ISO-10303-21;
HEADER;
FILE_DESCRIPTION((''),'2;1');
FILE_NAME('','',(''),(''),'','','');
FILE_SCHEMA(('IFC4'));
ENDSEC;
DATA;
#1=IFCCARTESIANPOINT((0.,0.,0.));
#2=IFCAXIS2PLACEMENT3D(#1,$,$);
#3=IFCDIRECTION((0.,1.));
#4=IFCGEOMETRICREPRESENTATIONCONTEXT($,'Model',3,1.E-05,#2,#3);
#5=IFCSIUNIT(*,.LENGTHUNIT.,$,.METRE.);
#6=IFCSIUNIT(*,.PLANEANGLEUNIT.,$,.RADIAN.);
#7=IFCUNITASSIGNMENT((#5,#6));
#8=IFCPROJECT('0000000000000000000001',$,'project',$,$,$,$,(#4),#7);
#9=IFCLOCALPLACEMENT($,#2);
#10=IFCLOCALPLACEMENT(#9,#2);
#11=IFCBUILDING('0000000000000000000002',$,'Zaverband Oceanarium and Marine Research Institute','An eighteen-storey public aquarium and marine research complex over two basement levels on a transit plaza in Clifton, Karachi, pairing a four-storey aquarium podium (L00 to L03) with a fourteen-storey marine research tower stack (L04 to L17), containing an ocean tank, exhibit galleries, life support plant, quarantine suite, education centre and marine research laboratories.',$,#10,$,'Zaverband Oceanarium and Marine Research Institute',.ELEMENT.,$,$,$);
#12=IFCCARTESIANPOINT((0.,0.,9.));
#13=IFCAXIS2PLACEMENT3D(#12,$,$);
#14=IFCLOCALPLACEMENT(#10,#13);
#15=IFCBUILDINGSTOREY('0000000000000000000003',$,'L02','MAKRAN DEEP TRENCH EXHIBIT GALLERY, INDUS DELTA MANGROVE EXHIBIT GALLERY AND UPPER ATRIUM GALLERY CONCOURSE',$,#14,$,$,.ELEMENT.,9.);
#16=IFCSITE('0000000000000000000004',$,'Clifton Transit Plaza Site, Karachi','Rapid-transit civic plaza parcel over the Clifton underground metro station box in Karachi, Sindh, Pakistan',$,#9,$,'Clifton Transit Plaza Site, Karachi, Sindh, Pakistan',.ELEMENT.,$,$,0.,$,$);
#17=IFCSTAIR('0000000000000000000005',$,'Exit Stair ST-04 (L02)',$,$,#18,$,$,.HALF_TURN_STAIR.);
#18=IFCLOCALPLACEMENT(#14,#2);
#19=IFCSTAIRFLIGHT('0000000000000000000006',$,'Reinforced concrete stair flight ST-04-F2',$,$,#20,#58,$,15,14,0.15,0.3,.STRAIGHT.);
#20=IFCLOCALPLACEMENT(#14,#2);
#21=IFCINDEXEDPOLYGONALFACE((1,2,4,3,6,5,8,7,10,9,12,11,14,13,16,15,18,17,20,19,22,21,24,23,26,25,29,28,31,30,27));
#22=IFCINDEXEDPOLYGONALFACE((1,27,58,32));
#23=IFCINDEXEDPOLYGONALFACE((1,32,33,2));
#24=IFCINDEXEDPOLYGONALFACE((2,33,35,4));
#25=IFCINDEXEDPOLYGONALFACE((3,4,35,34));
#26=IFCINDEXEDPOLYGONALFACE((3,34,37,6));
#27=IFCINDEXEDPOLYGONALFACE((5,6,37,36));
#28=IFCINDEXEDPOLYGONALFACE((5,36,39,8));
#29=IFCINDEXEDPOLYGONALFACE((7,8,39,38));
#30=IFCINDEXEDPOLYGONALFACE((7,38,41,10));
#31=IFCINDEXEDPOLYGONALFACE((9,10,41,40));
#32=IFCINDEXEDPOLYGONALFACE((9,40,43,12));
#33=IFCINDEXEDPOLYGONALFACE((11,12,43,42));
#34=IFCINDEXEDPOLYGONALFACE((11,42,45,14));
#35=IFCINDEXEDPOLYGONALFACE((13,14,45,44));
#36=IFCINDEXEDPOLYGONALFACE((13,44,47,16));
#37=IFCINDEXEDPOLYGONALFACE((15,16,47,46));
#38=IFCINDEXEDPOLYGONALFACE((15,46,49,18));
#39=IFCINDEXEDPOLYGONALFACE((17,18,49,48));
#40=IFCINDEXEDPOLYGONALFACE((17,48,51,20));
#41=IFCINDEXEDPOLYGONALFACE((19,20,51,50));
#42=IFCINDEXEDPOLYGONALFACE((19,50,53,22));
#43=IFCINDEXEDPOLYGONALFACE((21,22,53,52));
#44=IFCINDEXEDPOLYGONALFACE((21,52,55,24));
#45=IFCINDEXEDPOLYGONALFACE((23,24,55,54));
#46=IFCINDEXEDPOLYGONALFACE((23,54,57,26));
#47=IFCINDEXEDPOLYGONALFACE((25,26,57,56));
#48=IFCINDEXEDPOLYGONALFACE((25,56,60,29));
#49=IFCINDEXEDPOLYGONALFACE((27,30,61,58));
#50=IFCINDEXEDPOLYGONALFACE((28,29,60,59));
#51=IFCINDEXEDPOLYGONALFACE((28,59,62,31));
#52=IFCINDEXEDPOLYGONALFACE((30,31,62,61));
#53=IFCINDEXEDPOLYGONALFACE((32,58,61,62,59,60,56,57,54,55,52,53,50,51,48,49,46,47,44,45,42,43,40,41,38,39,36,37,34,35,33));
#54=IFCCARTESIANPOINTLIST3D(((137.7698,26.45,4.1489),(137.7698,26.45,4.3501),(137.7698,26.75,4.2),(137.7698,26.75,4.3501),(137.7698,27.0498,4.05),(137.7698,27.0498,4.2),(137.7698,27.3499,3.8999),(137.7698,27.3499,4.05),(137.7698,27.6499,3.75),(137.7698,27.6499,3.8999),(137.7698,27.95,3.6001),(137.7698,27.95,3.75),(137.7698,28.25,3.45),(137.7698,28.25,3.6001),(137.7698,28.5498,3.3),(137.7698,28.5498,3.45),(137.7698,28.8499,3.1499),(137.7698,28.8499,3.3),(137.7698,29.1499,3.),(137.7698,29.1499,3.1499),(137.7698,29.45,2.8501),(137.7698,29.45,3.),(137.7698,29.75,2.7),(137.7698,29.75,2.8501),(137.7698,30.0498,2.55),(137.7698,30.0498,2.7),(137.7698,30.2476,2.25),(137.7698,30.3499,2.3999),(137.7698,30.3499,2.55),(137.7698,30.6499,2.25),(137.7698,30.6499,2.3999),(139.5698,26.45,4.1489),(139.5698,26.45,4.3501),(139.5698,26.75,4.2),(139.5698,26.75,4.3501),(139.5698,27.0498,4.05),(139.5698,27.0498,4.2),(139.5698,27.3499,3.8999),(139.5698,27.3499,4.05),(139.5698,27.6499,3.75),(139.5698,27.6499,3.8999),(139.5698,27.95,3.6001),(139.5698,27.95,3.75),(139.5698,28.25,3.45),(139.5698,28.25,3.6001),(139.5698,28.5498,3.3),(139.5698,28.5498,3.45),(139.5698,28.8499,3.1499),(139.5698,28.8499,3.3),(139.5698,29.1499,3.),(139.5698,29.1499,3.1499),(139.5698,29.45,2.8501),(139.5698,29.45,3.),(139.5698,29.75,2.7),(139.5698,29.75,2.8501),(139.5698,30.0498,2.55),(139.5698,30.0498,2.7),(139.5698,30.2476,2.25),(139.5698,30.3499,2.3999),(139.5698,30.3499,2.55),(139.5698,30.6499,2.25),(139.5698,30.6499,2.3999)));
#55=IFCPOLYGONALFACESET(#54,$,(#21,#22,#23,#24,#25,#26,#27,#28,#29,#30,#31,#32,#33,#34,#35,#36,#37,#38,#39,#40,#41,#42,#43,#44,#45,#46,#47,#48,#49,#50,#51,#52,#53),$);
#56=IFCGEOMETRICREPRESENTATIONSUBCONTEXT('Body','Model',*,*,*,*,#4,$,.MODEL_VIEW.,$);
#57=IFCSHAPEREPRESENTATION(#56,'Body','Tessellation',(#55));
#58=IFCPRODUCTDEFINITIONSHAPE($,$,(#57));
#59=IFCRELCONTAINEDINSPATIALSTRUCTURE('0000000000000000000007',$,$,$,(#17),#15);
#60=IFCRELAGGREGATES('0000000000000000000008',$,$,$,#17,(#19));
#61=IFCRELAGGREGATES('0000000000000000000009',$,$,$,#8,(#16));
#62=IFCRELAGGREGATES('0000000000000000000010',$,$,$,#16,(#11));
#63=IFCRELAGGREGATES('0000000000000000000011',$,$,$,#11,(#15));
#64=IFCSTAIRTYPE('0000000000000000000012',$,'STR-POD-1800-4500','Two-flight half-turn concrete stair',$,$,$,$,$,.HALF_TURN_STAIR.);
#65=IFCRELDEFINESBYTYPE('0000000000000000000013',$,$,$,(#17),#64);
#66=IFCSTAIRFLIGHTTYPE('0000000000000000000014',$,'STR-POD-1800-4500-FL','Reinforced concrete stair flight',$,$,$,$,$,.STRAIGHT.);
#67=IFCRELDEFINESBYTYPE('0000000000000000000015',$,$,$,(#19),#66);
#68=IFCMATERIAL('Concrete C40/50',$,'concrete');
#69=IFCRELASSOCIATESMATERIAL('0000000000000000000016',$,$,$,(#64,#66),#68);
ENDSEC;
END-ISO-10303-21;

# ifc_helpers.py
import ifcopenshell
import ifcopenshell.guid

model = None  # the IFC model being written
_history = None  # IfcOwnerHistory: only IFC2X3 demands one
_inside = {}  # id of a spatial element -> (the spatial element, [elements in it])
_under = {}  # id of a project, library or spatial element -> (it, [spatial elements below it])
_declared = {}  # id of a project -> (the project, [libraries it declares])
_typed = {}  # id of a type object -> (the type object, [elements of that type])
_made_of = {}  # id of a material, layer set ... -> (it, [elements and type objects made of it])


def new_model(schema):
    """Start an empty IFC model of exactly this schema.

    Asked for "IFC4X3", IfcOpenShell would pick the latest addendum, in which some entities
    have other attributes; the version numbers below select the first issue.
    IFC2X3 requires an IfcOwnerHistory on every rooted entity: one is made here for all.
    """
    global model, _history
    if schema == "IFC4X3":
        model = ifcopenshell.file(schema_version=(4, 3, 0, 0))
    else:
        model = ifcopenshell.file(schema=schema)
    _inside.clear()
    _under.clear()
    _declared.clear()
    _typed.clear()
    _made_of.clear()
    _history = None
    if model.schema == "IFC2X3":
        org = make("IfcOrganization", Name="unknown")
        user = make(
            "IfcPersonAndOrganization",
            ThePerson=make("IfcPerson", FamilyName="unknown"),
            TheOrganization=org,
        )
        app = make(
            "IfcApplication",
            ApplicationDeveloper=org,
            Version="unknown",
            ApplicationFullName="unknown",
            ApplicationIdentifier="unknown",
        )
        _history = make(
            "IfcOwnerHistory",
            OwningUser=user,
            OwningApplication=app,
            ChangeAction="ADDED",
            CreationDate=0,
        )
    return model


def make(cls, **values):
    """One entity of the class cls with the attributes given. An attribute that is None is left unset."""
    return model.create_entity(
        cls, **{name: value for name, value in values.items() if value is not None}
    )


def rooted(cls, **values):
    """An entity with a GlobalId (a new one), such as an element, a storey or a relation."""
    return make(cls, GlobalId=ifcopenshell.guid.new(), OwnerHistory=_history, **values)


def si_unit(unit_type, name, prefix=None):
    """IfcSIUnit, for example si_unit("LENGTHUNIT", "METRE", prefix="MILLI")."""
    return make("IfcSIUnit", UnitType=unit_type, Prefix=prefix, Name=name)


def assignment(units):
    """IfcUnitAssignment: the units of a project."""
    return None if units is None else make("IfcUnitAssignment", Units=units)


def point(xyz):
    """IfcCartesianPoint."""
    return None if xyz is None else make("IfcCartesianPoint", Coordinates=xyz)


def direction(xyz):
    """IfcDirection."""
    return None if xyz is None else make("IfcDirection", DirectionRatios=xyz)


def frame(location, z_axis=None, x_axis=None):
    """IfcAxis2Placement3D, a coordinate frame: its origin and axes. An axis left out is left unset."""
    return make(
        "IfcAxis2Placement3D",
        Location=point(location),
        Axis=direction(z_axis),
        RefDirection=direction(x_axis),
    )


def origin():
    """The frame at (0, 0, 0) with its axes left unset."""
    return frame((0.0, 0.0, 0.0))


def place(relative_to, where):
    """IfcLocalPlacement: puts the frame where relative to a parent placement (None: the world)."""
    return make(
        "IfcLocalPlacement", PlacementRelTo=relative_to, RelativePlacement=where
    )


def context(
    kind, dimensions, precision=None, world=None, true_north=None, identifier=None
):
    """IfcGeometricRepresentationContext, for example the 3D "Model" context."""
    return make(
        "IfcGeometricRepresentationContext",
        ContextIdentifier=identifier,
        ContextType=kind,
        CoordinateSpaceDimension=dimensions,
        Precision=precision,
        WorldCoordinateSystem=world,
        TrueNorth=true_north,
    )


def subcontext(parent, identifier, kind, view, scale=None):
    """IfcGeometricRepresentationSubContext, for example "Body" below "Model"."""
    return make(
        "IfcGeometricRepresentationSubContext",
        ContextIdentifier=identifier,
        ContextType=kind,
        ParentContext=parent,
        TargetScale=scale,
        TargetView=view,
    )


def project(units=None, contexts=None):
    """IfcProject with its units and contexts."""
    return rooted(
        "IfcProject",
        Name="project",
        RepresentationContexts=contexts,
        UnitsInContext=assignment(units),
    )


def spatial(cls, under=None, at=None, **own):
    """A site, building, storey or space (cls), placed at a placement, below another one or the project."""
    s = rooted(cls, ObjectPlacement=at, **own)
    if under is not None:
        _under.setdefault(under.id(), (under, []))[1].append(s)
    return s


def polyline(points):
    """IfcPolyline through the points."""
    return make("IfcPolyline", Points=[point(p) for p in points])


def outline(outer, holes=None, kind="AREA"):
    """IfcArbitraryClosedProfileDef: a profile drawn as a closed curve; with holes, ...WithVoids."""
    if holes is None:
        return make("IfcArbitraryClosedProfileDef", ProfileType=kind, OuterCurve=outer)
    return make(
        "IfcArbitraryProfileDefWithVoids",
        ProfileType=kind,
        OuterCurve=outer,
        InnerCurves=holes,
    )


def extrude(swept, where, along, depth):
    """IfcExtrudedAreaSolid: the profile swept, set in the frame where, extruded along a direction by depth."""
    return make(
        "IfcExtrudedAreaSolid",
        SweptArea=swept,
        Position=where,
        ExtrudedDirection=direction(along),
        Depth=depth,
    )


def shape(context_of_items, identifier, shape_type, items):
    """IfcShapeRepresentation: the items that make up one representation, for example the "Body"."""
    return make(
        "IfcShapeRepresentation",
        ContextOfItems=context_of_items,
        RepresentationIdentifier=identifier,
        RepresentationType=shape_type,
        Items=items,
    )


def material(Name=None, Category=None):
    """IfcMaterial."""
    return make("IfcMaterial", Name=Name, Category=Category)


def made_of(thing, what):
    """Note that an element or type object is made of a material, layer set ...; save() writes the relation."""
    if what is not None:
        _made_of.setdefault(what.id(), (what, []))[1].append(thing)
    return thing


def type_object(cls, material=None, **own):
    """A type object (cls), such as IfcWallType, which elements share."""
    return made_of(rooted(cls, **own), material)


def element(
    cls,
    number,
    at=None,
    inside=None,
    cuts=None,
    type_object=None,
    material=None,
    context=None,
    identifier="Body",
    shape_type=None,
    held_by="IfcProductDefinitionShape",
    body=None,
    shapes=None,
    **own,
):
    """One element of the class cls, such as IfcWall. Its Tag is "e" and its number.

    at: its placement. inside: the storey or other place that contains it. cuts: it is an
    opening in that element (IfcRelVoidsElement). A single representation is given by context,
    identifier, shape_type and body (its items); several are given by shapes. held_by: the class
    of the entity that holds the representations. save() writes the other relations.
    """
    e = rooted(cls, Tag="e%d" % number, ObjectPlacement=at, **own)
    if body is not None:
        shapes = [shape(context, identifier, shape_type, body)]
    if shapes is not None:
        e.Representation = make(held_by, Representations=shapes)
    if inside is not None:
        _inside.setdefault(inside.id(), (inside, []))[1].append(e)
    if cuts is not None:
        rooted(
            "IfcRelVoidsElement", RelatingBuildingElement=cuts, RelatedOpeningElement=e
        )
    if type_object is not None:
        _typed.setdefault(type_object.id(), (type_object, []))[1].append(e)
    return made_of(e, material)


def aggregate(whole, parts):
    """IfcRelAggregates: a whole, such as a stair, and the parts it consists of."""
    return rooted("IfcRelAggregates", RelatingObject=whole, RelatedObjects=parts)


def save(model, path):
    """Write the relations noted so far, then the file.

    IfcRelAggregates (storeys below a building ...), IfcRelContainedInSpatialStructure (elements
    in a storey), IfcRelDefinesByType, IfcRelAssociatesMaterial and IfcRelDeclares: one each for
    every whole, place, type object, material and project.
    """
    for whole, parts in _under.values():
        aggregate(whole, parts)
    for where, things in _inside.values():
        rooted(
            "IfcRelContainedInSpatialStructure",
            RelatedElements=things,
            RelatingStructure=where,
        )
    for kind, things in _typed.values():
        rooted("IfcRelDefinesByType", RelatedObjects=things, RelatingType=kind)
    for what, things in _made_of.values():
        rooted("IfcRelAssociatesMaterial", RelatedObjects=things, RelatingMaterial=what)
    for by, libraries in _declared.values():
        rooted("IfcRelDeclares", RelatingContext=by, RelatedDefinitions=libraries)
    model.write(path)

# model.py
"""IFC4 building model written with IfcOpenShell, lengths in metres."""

from ifc_helpers import new_model, si_unit, direction, frame, origin, place, context, subcontext, project, spatial, polyline, outline, extrude, material, type_object, element, aggregate, save


model = new_model("IFC4")

# Units and contexts
model_context = context("Model", 3, precision=1e-05, world=origin(), true_north=direction((0.0, 1.0)))
body_context = subcontext(model_context, "Body", "Model", "MODEL_VIEW")
ifc_project = project(units=[si_unit("LENGTHUNIT", "METRE"), si_unit("PLANEANGLEUNIT", "RADIAN")], contexts=[model_context])

# Site, building, storey
site_placement = place(None, origin())
site = spatial("IfcSite", under=ifc_project, at=site_placement, Name="Clifton Transit Plaza Site, Karachi", Description="Rapid-transit civic plaza parcel over the Clifton underground metro station box in Karachi, Sindh, Pakistan", LongName="Clifton Transit Plaza Site, Karachi, Sindh, Pakistan", CompositionType="ELEMENT", RefElevation=0.0)
building_placement = place(site_placement, origin())
building = spatial("IfcBuilding", under=site, at=building_placement, Name="Zaverband Oceanarium and Marine Research Institute", Description="An eighteen-storey public aquarium and marine research complex over two basement levels on a transit plaza in Clifton, Karachi, pairing a four-storey aquarium podium (L00 to L03) with a fourteen-storey marine research tower stack (L04 to L17), containing an ocean tank, exhibit galleries, life support plant, quarantine suite, education centre and marine research laboratories.", LongName="Zaverband Oceanarium and Marine Research Institute", CompositionType="ELEMENT")
storey_placement = place(building_placement, frame((0.0, 0.0, 9.0)))
storey = spatial("IfcBuildingStorey", under=building, at=storey_placement, Name="L02", Description="MAKRAN DEEP TRENCH EXHIBIT GALLERY, INDUS DELTA MANGROVE EXHIBIT GALLERY AND UPPER ATRIUM GALLERY CONCOURSE", CompositionType="ELEMENT", Elevation=9.0)

# Shared definitions
ifc_material_1 = material(Name="Concrete C40/50", Category="concrete")

# Stair, stair flight
stair_type = type_object("IfcStairType", Name="STR-POD-1800-4500", Description="Two-flight half-turn concrete stair", PredefinedType="HALF_TURN_STAIR", material=ifc_material_1)
stair_placement = place(storey_placement, origin())
stair = element("IfcStair", 1, at=stair_placement, inside=storey, type_object=stair_type, Name="Exit Stair ST-04 (L02)", PredefinedType="HALF_TURN_STAIR")
stair_flight_type = type_object("IfcStairFlightType", Name="STR-POD-1800-4500-FL", Description="Reinforced concrete stair flight", PredefinedType="STRAIGHT", material=ifc_material_1)
stair_flight_1_placement = place(storey_placement, frame((138.6699, 30.6499, 2.25), z_axis=(0.0, 0.0, 1.0), x_axis=(0.0, -1.0, 0.0)))
stair_flight_1 = element("IfcStairFlight", 2, at=stair_flight_1_placement, type_object=stair_flight_type, Name="Reinforced concrete stair flight ST-04-F2", NumberOfRisers=15, NumberOfTreads=14, PredefinedType="STRAIGHT", RiserHeight=0.15, TreadLength=0.3, context=body_context, shape_type="SweptSolid", body=[
    extrude(outline(polyline([(0.0, 0.0), (0.0, 0.1499), (0.3, 0.1499), (0.3, 0.3), (0.6001, 0.3), (0.6001, 0.45), (0.8999, 0.45), (0.8999, 0.6001), (1.2, 0.6001), (1.2, 0.75), (1.5, 0.75), (1.5, 0.8999), (1.8, 0.8999), (1.8, 1.05), (2.1001, 1.05), (2.1001, 1.2), (2.3999, 1.2), (2.3999, 1.3501), (2.7, 1.3501), (2.7, 1.5), (3.0, 1.5), (3.0, 1.6499), (3.3, 1.6499), (3.3, 1.8), (3.6001, 1.8), (3.6001, 1.95), (3.8999, 1.95), (3.8999, 2.1001), (4.2, 2.1001), (4.2, 2.25), (4.2, 1.8989), (0.4023, 0.0), (0.0, 0.0)])), frame((0.0, 0.8999, 0.0), z_axis=(0.0, -1.0, 0.0), x_axis=(1.0, 0.0, 0.0)), (0.0, 0.0, 1.0), 1.8),
])
aggregate(stair, [stair_flight_1])

save(model, "model.ifc")
